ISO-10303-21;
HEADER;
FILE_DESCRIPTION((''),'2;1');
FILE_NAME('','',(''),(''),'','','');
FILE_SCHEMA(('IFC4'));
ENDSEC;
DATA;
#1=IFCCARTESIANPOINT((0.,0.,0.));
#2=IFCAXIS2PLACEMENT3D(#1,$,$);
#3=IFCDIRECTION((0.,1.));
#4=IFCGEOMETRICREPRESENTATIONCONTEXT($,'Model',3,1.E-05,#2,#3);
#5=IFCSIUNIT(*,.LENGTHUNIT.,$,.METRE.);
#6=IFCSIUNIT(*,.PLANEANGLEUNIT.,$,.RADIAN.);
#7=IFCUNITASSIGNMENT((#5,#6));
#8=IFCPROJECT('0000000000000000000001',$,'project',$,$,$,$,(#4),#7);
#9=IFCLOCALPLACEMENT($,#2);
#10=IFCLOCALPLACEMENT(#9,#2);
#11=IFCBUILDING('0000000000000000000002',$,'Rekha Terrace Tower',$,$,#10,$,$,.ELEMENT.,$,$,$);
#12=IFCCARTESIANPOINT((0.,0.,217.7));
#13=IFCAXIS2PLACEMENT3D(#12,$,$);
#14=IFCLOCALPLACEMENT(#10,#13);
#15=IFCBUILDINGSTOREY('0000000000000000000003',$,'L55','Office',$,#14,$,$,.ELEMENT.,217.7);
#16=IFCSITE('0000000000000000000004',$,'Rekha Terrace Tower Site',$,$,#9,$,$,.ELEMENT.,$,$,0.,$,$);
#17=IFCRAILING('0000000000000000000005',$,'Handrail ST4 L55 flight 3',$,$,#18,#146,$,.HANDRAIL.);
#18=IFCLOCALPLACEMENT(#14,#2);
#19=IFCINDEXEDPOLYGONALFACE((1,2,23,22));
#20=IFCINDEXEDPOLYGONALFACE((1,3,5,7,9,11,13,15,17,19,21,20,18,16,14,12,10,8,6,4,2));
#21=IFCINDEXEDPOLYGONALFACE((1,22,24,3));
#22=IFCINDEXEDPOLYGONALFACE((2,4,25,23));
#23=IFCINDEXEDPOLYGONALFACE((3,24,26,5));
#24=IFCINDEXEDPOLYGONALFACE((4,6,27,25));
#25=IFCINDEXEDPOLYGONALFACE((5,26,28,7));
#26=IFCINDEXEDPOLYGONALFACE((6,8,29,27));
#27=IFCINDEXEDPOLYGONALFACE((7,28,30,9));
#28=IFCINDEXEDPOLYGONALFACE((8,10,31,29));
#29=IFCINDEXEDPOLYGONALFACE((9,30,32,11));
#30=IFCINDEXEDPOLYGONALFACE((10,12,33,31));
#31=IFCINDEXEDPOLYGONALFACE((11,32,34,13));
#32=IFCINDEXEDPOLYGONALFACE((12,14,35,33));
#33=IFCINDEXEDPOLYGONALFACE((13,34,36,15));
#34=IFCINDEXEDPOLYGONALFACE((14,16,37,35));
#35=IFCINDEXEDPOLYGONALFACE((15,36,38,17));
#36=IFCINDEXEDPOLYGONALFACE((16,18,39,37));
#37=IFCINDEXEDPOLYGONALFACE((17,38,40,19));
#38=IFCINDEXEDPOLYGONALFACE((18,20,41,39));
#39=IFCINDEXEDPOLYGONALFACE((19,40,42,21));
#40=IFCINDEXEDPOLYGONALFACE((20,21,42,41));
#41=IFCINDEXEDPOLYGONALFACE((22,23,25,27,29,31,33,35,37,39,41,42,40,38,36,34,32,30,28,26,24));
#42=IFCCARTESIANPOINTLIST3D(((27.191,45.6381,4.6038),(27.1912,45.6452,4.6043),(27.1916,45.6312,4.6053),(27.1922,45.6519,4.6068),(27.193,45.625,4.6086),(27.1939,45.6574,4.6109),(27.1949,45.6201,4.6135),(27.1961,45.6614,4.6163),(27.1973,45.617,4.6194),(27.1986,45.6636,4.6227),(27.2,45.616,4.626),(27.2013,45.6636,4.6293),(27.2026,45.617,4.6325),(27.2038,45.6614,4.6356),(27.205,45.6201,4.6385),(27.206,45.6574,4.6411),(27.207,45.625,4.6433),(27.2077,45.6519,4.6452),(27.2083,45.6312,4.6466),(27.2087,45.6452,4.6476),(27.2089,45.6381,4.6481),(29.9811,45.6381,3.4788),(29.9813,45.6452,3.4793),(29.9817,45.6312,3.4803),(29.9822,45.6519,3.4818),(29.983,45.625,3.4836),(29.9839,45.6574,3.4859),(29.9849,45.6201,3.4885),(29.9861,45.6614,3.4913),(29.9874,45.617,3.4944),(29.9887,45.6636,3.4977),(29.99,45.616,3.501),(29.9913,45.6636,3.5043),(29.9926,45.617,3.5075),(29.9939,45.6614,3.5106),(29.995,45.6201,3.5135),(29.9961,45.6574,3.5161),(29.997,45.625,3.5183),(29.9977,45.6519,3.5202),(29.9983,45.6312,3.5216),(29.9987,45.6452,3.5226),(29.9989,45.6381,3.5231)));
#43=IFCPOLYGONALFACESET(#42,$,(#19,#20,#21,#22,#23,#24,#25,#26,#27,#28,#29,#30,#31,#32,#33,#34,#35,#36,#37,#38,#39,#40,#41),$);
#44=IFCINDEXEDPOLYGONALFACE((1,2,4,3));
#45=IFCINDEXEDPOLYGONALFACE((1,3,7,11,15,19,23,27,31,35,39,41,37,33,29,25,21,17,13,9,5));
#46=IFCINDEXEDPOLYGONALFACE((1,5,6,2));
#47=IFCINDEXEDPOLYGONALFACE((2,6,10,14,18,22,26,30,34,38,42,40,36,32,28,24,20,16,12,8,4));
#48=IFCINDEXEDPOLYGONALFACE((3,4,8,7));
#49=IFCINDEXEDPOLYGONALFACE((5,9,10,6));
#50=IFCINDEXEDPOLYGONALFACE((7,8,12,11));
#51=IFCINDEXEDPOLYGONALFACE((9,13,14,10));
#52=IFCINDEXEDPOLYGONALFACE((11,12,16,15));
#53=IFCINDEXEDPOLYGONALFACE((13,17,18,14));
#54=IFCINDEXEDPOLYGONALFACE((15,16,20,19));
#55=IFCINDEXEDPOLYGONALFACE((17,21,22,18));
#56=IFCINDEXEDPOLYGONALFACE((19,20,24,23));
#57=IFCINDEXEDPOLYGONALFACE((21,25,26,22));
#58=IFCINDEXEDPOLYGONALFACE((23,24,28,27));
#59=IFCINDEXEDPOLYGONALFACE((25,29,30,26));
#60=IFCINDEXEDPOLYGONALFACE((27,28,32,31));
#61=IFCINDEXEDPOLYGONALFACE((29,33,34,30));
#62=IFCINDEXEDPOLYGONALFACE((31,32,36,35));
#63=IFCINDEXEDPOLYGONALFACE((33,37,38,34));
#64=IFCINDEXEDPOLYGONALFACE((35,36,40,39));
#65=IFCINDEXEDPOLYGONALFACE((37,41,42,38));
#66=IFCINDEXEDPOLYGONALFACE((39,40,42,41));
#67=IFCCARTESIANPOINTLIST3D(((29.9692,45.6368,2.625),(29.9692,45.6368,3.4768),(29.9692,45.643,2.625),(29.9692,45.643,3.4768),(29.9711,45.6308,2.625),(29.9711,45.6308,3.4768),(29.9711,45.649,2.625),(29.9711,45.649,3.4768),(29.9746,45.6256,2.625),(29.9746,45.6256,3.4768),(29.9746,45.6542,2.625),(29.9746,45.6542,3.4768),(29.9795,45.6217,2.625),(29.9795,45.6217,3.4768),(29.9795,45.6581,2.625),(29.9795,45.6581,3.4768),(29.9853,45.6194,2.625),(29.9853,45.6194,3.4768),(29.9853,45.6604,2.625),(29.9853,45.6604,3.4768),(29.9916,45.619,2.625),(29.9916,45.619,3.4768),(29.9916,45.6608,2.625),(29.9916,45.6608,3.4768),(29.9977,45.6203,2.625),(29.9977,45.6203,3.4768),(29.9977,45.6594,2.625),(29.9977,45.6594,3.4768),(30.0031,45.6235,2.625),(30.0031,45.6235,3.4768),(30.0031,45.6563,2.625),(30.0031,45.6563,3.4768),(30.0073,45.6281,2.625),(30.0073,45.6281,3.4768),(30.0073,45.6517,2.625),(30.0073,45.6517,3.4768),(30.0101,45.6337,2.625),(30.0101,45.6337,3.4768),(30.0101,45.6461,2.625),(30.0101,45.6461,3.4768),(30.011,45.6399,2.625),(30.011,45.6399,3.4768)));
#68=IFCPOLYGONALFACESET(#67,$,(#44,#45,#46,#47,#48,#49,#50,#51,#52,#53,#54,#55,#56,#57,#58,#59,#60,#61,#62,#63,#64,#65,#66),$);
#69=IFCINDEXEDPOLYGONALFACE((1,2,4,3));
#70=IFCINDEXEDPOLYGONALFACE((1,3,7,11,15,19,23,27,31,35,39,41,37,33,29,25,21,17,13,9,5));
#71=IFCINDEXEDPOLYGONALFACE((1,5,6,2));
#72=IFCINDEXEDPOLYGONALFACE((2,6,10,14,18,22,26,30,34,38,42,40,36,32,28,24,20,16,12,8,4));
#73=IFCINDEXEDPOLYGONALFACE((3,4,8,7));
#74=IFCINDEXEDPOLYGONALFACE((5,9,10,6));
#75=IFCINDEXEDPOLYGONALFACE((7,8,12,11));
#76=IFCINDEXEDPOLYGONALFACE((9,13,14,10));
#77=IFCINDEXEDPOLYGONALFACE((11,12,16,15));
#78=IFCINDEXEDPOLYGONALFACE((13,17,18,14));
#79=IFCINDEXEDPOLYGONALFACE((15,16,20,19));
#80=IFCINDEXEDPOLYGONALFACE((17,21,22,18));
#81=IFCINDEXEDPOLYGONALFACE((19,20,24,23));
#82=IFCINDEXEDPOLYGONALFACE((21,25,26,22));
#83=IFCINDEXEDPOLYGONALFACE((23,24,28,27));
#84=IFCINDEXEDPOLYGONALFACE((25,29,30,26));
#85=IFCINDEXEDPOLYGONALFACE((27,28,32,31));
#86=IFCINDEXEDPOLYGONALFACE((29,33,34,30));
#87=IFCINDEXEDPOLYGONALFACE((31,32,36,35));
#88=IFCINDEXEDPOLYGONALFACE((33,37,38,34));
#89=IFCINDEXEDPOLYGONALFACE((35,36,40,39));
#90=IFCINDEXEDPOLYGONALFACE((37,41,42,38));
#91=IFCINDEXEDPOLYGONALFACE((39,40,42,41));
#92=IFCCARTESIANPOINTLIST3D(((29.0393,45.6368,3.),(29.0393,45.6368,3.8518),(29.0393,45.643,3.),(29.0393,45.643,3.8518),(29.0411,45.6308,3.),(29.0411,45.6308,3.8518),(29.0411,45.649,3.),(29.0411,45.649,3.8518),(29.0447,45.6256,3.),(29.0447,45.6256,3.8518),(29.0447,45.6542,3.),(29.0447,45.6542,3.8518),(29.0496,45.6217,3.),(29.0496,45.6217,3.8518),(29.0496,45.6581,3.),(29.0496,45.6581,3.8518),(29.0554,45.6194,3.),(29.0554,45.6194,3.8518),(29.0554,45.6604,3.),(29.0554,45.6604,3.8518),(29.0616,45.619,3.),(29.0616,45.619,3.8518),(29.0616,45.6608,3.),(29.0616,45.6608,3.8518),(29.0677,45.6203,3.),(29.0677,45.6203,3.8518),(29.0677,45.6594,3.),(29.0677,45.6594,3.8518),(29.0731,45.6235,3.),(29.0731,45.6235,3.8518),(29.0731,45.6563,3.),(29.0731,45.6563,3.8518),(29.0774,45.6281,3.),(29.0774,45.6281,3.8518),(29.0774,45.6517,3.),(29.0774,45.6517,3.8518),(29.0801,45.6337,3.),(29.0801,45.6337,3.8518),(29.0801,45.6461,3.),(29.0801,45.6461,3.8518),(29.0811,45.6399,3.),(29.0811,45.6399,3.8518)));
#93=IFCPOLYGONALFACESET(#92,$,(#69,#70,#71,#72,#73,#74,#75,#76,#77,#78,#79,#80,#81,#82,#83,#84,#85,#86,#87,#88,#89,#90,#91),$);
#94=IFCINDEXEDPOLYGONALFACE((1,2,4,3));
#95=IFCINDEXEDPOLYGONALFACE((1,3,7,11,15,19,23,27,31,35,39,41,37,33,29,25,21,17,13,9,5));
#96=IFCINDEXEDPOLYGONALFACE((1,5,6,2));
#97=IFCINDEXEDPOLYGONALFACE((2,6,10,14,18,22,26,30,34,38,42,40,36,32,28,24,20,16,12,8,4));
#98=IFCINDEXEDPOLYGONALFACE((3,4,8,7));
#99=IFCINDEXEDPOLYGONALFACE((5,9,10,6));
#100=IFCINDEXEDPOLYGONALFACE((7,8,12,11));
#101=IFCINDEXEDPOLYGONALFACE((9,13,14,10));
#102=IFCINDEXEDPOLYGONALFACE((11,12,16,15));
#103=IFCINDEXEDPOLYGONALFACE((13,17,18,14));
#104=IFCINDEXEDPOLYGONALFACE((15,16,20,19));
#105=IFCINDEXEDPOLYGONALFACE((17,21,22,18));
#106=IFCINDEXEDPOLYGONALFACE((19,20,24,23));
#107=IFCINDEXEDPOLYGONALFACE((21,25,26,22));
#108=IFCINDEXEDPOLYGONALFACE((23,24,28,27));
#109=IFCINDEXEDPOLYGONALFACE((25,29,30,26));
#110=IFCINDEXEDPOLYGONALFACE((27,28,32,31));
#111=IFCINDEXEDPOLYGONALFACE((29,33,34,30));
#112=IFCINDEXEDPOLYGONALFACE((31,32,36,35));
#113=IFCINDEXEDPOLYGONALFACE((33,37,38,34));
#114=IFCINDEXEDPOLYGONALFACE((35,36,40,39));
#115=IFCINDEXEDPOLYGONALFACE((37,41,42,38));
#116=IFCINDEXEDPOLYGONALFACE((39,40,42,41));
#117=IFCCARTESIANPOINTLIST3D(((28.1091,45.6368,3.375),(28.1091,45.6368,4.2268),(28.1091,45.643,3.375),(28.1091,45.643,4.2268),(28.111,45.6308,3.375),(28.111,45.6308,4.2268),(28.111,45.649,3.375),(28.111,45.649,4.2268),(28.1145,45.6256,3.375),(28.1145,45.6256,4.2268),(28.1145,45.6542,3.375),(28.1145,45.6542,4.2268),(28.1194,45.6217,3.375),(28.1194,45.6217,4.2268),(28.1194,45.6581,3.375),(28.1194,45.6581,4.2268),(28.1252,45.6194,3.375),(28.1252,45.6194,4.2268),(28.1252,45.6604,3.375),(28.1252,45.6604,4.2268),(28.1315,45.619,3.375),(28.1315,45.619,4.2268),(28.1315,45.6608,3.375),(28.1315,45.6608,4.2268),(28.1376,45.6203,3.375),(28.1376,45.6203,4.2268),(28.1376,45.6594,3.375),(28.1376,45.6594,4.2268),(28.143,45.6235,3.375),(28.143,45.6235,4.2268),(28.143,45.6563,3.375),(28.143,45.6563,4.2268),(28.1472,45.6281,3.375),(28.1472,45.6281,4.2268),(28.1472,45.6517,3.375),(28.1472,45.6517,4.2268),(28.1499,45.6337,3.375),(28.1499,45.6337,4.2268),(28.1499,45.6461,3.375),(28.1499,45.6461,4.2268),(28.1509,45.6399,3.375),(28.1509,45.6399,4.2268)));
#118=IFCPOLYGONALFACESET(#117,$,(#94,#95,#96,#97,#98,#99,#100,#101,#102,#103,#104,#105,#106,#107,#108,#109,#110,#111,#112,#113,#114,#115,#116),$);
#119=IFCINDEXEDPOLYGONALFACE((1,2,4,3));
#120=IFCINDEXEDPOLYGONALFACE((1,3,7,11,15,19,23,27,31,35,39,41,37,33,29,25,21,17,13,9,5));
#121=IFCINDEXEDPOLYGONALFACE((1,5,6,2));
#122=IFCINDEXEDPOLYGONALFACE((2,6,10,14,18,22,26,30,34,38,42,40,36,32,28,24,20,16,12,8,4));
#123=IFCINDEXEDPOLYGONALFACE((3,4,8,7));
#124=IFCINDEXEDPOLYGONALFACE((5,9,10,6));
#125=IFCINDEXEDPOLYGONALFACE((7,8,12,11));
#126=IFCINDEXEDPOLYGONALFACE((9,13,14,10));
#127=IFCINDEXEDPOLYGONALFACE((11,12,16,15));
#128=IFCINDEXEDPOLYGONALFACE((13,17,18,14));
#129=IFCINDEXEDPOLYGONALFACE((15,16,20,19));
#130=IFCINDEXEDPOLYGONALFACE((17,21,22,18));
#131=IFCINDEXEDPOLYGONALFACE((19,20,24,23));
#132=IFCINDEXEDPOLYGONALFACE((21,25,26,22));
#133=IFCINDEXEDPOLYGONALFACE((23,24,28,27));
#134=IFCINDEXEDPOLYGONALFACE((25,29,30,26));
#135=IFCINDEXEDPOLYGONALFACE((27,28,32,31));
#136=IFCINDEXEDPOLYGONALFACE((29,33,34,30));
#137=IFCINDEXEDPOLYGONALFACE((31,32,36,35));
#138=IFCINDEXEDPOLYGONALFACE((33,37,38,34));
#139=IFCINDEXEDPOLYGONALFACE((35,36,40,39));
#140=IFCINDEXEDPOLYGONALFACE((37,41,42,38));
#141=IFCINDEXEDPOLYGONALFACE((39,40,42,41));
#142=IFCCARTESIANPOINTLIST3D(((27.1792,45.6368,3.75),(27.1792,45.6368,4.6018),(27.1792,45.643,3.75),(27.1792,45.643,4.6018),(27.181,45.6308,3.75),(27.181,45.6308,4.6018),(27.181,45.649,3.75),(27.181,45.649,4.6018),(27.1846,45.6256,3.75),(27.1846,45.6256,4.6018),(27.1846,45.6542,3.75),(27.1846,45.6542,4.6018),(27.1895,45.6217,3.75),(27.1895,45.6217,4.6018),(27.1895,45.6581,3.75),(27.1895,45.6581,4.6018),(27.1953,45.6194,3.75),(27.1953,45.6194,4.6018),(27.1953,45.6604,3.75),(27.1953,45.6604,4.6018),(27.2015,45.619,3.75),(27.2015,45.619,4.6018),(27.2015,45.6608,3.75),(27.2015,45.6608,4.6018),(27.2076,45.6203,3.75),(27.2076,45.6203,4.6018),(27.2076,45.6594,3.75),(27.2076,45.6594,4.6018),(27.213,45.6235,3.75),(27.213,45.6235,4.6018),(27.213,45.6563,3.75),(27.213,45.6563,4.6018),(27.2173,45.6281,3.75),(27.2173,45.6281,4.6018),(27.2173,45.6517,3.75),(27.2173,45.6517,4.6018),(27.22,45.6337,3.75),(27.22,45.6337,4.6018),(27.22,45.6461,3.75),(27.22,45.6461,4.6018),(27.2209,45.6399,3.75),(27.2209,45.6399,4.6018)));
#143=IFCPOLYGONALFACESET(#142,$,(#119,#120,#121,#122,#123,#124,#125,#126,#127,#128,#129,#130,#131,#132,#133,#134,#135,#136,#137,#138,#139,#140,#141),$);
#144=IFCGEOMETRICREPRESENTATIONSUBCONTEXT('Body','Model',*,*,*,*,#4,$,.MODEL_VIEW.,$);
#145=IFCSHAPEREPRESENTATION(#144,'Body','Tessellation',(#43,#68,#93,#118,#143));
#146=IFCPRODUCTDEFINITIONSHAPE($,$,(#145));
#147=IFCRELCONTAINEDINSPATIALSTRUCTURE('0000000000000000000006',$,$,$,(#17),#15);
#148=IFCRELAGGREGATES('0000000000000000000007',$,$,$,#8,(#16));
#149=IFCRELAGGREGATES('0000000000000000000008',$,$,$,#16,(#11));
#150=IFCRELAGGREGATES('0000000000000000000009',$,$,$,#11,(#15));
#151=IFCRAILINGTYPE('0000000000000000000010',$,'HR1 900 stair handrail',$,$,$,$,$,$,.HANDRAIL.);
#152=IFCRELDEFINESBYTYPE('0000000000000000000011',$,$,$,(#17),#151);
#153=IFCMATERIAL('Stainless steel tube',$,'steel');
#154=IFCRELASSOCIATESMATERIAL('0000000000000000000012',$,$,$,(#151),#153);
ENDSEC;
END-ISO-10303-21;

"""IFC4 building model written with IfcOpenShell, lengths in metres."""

from ifc_helpers import new_model, si_unit, direction, frame, origin, origin_2d, place, context, subcontext, project, spatial, circle, extrude, material, type_object, element, save


model = new_model("IFC4")

# Units and contexts
model_context = context("Model", 3, precision=1e-05, world=origin(), true_north=direction((0.0, 1.0)))
body_context = subcontext(model_context, "Body", "Model", "MODEL_VIEW")
ifc_project = project(units=[si_unit("LENGTHUNIT", "METRE"), si_unit("PLANEANGLEUNIT", "RADIAN")], contexts=[model_context])

# Site, building, storey
site_placement = place(None, origin())
site = spatial("IfcSite", under=ifc_project, at=site_placement, Name="Rekha Terrace Tower Site", CompositionType="ELEMENT", RefElevation=0.0)
building_placement = place(site_placement, origin())
building = spatial("IfcBuilding", under=site, at=building_placement, Name="Rekha Terrace Tower", CompositionType="ELEMENT")
storey_placement = place(building_placement, frame((0.0, 0.0, 217.7)))
storey = spatial("IfcBuildingStorey", under=building, at=storey_placement, Name="L55", Description="Office", CompositionType="ELEMENT", Elevation=217.7)

# Railing
ifc_material_1 = material(Name="Stainless steel tube", Category="steel")
railing_type_1 = type_object("IfcRailingType", Name="HR1 900 stair handrail", PredefinedType="HANDRAIL", material=ifc_material_1)
railing_1_placement = place(storey_placement, frame((29.99, 45.6399, 2.625)))
element("IfcRailing", 1, at=railing_1_placement, inside=storey, type_object=railing_type_1, Name="Handrail ST4 L55 flight 3", PredefinedType="HANDRAIL", context=body_context, shape_type="SweptSolid", body=[
    extrude(circle(Radius=0.0239, at=origin_2d()), frame((0.0, 0.0, 0.876), z_axis=(-0.927443, 0.0, 0.373964), x_axis=(0.0, -1.0, 0.0)), (0.0, 0.0, 1.0), 3.0083),
    extrude(circle(Radius=0.021, at=origin_2d()), origin(), (0.0, 0.0, 1.0), 0.8518),
    extrude(circle(Radius=0.021, at=origin_2d()), frame((-0.9299, 0.0, 0.375)), (0.0, 0.0, 1.0), 0.8518),
    extrude(circle(Radius=0.021, at=origin_2d()), frame((-1.8601, 0.0, 0.75)), (0.0, 0.0, 1.0), 0.8518),
    extrude(circle(Radius=0.021, at=origin_2d()), frame((-2.79, 0.0, 1.125)), (0.0, 0.0, 1.0), 0.8518),
])

save(model, "model.ifc")
